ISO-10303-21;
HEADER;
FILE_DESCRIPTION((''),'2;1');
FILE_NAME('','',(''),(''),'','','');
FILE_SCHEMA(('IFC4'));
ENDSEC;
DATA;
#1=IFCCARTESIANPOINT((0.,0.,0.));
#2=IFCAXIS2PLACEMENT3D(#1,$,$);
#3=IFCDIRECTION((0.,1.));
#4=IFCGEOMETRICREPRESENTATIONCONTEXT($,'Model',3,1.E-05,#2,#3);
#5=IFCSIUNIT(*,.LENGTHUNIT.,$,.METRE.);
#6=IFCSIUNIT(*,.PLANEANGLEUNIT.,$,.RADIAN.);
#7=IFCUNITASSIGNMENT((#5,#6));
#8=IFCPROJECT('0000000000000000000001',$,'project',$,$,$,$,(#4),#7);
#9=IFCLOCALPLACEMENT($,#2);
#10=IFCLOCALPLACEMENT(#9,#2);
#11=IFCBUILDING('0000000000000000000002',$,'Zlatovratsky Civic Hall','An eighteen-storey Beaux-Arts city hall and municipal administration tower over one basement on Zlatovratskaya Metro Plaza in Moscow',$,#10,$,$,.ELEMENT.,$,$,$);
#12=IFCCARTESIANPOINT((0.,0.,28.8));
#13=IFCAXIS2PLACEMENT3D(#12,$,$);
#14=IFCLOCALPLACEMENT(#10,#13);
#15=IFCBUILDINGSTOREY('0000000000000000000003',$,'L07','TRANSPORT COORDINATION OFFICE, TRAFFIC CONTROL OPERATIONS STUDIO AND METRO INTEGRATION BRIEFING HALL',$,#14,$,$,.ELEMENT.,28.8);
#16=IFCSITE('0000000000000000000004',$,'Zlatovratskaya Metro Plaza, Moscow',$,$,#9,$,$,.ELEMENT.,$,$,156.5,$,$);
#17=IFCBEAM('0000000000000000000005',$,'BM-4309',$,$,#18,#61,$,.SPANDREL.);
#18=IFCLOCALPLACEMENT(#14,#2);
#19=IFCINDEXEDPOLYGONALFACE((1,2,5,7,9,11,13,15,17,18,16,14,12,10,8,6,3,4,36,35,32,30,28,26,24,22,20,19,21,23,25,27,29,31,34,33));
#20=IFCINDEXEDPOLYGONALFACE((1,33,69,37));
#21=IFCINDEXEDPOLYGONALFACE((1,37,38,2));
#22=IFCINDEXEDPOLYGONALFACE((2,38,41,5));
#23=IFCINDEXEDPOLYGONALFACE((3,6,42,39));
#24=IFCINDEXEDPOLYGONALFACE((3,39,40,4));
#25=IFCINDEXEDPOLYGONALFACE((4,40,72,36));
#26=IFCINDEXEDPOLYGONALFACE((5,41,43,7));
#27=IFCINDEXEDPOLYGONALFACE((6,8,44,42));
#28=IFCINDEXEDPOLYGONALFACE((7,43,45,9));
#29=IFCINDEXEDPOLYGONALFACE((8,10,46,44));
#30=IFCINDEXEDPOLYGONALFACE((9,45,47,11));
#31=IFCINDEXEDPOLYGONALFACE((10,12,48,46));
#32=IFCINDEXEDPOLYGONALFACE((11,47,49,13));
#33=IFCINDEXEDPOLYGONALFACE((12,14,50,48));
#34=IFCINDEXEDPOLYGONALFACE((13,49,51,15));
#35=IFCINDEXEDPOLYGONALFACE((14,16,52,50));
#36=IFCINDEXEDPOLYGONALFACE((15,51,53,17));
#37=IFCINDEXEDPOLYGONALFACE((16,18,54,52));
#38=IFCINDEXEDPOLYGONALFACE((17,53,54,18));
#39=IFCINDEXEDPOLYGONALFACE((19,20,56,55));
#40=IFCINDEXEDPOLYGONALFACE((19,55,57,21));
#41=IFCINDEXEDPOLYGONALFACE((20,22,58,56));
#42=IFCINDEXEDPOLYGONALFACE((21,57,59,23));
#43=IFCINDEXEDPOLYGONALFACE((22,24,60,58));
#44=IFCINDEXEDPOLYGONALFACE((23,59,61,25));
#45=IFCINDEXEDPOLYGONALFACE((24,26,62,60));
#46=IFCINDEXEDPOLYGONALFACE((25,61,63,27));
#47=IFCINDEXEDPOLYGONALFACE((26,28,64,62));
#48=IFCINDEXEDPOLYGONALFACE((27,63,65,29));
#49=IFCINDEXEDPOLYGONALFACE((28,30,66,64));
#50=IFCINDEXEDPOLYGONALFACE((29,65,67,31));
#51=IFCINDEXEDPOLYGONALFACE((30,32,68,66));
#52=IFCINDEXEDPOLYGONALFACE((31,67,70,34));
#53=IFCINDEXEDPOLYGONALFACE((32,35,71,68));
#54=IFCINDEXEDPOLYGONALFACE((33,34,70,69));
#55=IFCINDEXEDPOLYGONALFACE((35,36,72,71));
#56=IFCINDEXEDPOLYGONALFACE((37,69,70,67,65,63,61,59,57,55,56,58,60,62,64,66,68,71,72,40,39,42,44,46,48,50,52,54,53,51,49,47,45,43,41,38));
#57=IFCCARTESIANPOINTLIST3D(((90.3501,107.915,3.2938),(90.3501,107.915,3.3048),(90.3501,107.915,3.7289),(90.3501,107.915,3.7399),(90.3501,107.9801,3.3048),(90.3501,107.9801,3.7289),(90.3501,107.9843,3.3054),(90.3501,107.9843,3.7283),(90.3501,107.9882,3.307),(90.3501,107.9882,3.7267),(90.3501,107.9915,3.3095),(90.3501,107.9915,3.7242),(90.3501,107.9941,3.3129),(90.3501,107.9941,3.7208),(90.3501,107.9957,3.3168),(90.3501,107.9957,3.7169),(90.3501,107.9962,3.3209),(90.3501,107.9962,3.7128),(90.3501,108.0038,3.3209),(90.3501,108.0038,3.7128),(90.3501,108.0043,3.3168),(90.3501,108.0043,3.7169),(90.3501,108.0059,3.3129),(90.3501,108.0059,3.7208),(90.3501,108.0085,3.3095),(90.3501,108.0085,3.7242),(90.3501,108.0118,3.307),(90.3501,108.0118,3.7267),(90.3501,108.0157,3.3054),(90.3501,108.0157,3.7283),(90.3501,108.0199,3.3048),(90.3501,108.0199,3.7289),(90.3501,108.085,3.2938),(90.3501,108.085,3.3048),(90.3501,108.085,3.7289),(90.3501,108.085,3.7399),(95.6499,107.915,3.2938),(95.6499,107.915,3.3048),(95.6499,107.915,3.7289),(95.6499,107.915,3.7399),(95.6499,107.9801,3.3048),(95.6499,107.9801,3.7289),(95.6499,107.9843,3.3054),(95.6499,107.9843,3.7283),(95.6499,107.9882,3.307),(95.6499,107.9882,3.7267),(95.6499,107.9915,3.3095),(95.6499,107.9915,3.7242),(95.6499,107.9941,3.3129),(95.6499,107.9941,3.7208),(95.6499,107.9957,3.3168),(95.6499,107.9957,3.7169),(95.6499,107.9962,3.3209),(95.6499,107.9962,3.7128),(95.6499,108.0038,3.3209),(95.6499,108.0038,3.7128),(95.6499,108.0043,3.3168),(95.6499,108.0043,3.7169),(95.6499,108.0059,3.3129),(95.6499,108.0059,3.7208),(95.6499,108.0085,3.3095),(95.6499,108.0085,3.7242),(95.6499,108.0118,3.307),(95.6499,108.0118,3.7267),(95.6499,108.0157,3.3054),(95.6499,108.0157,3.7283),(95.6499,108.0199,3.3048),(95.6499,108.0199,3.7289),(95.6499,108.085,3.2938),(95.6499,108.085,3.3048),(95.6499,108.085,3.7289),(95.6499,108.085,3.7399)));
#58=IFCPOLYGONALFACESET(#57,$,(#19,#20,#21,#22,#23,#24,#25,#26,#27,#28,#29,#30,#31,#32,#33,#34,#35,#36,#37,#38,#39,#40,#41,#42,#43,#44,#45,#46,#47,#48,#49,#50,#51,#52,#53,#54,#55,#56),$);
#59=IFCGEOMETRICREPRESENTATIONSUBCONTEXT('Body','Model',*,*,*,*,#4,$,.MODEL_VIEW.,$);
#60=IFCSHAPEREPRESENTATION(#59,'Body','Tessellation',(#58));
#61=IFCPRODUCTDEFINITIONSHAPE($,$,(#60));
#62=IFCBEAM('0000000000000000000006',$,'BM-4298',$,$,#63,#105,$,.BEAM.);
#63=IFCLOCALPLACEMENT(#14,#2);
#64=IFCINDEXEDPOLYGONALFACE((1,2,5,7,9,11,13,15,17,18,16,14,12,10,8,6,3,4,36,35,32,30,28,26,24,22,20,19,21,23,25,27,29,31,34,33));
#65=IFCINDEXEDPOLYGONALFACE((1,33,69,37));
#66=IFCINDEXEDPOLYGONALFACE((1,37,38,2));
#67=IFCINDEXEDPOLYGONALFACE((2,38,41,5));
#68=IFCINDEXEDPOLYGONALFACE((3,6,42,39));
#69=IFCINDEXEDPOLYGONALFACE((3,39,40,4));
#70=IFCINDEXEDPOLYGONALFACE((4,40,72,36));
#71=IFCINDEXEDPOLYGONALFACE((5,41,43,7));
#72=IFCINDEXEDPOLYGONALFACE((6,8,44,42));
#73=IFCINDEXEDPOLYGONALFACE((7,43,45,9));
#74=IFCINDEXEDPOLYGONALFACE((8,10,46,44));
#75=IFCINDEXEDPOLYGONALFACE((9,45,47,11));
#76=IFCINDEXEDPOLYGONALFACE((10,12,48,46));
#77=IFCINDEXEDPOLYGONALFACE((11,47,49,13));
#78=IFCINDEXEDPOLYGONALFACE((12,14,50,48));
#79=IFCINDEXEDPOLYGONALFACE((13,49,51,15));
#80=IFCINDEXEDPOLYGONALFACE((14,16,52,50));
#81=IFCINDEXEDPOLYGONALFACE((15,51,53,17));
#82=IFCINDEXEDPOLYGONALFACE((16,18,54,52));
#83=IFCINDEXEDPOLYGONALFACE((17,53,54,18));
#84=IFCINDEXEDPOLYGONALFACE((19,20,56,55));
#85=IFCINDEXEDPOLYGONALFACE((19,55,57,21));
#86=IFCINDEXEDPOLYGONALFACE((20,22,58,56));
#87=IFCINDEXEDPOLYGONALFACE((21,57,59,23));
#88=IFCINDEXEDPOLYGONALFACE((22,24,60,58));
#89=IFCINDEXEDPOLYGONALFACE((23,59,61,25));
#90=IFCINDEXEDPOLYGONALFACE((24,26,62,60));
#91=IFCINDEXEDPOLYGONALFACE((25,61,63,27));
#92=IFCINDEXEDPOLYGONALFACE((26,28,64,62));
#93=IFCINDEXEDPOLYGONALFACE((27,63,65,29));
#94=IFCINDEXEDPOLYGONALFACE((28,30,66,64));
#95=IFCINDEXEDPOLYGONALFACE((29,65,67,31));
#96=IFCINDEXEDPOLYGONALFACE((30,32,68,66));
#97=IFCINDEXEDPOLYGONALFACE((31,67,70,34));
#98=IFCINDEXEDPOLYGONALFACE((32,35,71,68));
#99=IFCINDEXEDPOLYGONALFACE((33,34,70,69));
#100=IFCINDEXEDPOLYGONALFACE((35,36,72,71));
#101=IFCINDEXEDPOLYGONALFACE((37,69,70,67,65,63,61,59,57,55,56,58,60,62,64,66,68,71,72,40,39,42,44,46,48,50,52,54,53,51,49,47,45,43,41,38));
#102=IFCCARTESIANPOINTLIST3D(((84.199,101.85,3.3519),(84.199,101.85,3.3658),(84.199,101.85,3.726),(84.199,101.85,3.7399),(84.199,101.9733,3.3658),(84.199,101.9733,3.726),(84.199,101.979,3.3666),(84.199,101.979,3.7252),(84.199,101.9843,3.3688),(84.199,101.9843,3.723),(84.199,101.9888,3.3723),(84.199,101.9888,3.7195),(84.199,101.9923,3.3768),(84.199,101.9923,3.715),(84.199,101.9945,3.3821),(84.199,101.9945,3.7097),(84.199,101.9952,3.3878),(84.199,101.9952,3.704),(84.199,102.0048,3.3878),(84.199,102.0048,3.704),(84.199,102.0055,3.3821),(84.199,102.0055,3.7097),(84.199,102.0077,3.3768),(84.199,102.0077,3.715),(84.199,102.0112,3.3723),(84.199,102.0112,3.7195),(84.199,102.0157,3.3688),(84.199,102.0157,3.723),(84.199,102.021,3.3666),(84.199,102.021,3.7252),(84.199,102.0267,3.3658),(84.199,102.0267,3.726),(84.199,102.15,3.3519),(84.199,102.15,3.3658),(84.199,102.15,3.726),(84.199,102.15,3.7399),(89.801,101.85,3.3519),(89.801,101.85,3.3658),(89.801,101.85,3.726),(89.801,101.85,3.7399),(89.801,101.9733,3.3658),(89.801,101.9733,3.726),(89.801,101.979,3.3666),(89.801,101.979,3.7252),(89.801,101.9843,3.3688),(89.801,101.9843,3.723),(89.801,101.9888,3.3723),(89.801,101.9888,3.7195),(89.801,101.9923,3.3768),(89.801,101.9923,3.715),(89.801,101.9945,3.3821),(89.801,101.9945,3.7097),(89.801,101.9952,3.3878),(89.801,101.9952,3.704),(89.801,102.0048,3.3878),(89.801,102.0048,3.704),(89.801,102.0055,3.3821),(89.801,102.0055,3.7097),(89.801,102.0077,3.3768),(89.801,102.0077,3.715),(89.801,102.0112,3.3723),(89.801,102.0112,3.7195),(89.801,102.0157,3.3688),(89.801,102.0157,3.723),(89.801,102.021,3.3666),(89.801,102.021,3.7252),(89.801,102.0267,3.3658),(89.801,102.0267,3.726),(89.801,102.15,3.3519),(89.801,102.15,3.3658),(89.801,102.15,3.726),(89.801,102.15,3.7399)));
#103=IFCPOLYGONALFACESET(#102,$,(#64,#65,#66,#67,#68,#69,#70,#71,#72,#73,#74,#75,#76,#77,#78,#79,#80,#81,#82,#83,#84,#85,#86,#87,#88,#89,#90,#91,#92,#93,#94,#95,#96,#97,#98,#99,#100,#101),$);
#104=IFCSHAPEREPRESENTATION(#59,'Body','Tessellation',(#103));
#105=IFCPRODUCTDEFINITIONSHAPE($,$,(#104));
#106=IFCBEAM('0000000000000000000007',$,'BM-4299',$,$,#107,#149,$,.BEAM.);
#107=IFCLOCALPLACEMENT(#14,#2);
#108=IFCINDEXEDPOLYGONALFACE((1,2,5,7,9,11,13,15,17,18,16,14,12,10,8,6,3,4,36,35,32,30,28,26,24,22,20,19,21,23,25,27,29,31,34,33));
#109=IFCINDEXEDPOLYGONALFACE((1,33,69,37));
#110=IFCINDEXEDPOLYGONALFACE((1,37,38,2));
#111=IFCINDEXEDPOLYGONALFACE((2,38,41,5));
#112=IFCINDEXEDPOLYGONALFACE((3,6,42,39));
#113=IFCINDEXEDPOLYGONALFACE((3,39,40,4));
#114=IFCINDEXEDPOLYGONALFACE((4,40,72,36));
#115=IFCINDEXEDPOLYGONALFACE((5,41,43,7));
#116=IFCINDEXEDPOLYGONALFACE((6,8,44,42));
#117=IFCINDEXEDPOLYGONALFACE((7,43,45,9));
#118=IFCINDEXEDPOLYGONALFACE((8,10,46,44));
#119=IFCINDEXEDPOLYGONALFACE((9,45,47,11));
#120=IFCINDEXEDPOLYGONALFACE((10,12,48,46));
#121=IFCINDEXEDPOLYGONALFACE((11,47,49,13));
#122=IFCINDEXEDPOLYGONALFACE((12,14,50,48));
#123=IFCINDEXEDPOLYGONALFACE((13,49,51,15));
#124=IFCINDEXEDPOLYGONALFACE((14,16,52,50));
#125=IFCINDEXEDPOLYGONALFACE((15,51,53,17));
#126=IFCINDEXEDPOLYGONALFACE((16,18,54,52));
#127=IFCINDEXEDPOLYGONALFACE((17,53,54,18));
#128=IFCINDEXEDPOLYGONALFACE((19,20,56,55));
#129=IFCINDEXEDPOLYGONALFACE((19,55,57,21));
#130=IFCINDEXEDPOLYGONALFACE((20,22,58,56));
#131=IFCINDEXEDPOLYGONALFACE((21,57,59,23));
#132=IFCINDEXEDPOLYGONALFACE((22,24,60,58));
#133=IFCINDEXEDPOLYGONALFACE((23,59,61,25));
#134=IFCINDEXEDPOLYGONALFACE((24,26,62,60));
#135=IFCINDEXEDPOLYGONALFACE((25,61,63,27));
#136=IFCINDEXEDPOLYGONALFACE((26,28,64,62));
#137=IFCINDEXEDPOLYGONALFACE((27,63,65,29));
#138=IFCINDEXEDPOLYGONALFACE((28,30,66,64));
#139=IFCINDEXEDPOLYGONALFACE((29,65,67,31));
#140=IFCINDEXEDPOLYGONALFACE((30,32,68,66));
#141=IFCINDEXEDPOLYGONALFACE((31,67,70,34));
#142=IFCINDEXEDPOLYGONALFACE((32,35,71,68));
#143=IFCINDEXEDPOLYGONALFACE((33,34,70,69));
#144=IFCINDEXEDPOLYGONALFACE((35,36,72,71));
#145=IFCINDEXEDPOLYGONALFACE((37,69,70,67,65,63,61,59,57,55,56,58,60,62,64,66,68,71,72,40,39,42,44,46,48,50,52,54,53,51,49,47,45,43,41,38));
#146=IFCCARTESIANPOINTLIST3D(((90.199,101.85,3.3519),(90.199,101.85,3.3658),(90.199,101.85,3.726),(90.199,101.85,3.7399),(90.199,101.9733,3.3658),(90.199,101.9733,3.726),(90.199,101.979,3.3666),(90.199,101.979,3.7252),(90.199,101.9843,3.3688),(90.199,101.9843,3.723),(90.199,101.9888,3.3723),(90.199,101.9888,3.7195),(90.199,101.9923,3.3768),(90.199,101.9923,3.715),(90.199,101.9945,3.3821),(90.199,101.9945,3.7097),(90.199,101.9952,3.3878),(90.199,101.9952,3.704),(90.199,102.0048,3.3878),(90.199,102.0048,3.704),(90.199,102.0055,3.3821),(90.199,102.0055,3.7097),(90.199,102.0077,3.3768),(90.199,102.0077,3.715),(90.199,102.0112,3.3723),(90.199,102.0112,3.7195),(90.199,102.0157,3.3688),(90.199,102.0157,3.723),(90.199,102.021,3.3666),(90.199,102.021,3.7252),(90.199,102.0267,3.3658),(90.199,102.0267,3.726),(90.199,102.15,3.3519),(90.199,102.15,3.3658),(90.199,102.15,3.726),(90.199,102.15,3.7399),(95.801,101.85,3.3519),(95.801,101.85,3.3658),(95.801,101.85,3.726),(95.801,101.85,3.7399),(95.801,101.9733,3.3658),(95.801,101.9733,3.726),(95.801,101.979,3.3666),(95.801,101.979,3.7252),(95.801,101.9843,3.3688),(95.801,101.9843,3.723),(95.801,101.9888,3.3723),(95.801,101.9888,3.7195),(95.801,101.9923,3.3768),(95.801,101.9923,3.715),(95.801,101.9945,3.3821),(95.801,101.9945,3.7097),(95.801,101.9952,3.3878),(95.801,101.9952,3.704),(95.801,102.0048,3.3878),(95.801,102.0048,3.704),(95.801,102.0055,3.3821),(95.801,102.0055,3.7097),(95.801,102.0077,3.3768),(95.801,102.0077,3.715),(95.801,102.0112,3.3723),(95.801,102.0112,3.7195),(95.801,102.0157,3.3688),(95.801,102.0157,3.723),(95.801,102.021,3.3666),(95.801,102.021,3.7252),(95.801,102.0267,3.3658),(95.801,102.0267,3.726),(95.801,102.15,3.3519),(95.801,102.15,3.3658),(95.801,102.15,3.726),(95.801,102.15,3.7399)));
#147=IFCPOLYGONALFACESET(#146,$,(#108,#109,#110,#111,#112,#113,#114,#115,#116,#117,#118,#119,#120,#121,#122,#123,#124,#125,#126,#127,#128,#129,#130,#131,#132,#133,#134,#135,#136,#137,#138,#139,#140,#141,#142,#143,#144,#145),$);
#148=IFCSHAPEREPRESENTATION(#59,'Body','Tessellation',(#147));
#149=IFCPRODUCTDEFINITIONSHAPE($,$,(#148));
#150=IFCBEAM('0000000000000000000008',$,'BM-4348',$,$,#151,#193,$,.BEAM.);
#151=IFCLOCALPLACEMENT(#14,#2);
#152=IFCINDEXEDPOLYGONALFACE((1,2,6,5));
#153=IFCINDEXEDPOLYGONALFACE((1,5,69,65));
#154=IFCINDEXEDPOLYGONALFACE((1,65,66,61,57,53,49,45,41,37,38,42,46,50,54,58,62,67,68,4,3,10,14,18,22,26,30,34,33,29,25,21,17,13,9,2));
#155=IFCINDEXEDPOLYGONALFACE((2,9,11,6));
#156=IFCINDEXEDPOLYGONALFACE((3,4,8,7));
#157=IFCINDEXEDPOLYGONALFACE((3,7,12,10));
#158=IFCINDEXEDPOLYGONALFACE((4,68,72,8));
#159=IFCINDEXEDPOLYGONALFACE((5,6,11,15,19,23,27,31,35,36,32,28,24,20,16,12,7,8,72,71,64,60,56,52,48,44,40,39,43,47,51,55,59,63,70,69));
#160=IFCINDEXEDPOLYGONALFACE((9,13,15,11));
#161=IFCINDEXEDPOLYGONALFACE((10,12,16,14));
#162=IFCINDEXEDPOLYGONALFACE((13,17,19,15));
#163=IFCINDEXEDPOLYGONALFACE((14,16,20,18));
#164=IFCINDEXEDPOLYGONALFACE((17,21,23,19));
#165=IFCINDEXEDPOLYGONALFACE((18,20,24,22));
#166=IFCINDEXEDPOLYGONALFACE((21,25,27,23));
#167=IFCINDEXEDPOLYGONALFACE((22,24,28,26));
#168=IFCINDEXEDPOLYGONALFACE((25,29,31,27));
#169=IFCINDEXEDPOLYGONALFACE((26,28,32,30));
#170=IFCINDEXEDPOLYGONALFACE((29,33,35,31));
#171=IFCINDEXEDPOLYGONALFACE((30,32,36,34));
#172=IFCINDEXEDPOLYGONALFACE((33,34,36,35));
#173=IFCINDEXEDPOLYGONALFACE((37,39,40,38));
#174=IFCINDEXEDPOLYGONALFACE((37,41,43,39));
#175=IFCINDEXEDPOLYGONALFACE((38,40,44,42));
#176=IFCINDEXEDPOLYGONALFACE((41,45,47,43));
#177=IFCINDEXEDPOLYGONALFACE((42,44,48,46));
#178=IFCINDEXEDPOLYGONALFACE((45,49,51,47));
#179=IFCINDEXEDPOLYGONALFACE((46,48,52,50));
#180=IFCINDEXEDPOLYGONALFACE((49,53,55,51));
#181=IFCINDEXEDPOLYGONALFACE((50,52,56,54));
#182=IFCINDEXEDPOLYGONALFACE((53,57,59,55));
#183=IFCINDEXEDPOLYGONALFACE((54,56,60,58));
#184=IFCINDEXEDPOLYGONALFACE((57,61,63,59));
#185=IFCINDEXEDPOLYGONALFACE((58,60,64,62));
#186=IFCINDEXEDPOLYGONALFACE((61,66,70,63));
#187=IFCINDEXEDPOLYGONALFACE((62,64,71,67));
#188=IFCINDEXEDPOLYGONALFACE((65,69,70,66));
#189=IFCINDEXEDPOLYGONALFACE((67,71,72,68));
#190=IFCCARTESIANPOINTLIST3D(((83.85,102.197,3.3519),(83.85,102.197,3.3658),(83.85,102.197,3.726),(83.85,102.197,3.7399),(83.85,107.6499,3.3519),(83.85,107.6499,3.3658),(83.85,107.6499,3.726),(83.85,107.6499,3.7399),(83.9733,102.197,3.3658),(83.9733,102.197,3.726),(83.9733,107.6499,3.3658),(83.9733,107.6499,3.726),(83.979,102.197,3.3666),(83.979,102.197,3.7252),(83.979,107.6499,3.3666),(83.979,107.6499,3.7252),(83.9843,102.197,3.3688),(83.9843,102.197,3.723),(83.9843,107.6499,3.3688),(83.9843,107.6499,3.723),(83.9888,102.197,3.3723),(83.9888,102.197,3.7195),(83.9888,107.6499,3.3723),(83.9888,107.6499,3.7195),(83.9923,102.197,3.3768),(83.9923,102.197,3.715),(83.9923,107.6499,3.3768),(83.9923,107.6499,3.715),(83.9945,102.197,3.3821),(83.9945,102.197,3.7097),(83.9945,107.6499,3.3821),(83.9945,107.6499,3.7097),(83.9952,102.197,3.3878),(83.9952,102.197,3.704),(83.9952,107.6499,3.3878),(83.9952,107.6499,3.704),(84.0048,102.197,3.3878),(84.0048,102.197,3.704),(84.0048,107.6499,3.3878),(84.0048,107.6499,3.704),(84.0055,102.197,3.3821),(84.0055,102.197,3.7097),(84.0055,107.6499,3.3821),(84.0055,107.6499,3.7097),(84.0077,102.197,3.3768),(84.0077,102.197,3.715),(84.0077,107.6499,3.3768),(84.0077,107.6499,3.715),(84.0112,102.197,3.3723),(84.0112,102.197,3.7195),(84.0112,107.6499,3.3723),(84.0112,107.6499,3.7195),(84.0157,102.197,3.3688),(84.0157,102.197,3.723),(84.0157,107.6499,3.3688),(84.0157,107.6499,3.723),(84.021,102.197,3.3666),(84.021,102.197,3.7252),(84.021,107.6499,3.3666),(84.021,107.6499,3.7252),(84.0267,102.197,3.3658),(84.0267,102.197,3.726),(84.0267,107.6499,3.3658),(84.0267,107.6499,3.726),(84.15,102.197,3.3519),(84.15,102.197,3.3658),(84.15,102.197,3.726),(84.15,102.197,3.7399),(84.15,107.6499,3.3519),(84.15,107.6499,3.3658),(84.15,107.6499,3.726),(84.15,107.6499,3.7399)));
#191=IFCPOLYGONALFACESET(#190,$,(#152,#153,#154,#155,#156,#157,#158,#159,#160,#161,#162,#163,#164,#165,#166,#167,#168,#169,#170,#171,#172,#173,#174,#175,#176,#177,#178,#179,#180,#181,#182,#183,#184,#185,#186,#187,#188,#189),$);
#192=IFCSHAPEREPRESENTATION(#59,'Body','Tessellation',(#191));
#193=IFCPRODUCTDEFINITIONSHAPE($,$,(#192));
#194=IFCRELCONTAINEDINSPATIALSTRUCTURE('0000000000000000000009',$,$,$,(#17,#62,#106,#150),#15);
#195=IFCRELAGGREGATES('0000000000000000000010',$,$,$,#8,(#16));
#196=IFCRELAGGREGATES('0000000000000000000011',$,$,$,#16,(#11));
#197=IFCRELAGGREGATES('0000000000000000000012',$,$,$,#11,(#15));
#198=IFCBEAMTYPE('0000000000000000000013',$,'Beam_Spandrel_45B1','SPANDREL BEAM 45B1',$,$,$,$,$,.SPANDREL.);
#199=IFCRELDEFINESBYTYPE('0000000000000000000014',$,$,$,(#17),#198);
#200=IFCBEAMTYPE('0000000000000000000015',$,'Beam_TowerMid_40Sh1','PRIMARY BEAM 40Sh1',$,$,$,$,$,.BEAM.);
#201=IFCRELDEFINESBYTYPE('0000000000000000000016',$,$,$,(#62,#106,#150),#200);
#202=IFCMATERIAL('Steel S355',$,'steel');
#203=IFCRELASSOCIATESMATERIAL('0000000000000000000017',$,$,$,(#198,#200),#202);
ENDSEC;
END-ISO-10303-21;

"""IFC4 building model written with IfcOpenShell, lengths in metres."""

from ifc_helpers import new_model, si_unit, direction, frame, origin, origin_2d, place, context, subcontext, project, spatial, i_section, extrude, material, material_profile, profile_set, type_object, element, save


model = new_model("IFC4")

# Units and contexts
model_context = context("Model", 3, precision=1e-05, world=origin(), true_north=direction((0.0, 1.0)))
body_context = subcontext(model_context, "Body", "Model", "MODEL_VIEW")
ifc_project = project(units=[si_unit("LENGTHUNIT", "METRE"), si_unit("PLANEANGLEUNIT", "RADIAN")], contexts=[model_context])

# Site, building, storey
site_placement = place(None, origin())
site = spatial("IfcSite", under=ifc_project, at=site_placement, Name="Zlatovratskaya Metro Plaza, Moscow", CompositionType="ELEMENT", RefElevation=156.5)
building_placement = place(site_placement, origin())
building = spatial("IfcBuilding", under=site, at=building_placement, Name="Zlatovratsky Civic Hall", Description="An eighteen-storey Beaux-Arts city hall and municipal administration tower over one basement on Zlatovratskaya Metro Plaza in Moscow", CompositionType="ELEMENT")
storey_placement = place(building_placement, frame((0.0, 0.0, 28.8)))
storey = spatial("IfcBuildingStorey", under=building, at=storey_placement, Name="L07", Description="TRANSPORT COORDINATION OFFICE, TRAFFIC CONTROL OPERATIONS STUDIO AND METRO INTEGRATION BRIEFING HALL", CompositionType="ELEMENT", Elevation=28.8)

# Shared definitions
ifc_material_1 = material(Name="Steel S355", Category="steel")

# Beams
ifc_material_profile_1 = material_profile(ifc_material_1, i_section(OverallWidth=0.1699, OverallDepth=0.446, WebThickness=0.0076, FlangeThickness=0.011, FilletRadius=0.0161, at=origin_2d()), Name="45B1")
ifc_profile_set_1 = profile_set([ifc_material_profile_1], Name="Steel S355")
beam_type_1 = type_object("IfcBeamType", Name="Beam_Spandrel_45B1", Description="SPANDREL BEAM 45B1", PredefinedType="SPANDREL", material=ifc_profile_set_1)
for number, where, z_axis, x_axis, name in (
    (1, (90.3501, 108.0, 3.5168), (1.0, 0.0, 0.0), (0.0, 1.0, 0.0), "BM-4309"),
):
    element("IfcBeam", number, at=place(storey_placement, frame(where, z_axis=z_axis, x_axis=x_axis)), inside=storey, type_object=beam_type_1, Name=name, PredefinedType="SPANDREL", context=body_context, shape_type="SweptSolid", body=[
        extrude(i_section(OverallWidth=0.1699, OverallDepth=0.446, WebThickness=0.0076, FlangeThickness=0.011, FilletRadius=0.0161, at=origin_2d()), origin(), (0.0, 0.0, 1.0), 5.2998),
    ])
ifc_material_profile_2 = material_profile(ifc_material_1, i_section(OverallWidth=0.3, OverallDepth=0.3879, WebThickness=0.0095, FlangeThickness=0.0139, FilletRadius=0.022, at=origin_2d()), Name="40Sh1")
ifc_profile_set_2 = profile_set([ifc_material_profile_2], Name="Steel S355")
beam_type_2 = type_object("IfcBeamType", Name="Beam_TowerMid_40Sh1", Description="PRIMARY BEAM 40Sh1", PredefinedType="BEAM", material=ifc_profile_set_2)
for number, where, z_axis, x_axis, name in (
    (2, (84.199, 102.0, 3.5459), (1.0, 0.0, 0.0), (0.0, 1.0, 0.0), "BM-4298"),
    (3, (90.199, 102.0, 3.5459), (1.0, 0.0, 0.0), (0.0, 1.0, 0.0), "BM-4299"),
):
    element("IfcBeam", number, at=place(storey_placement, frame(where, z_axis=z_axis, x_axis=x_axis)), inside=storey, type_object=beam_type_2, Name=name, PredefinedType="BEAM", context=body_context, shape_type="SweptSolid", body=[
        extrude(i_section(OverallWidth=0.3, OverallDepth=0.3879, WebThickness=0.0095, FlangeThickness=0.0139, FilletRadius=0.022, at=origin_2d()), origin(), (0.0, 0.0, 1.0), 5.6021),
    ])
for number, where, z_axis, x_axis, name in (
    (4, (84.0, 102.197, 3.5459), (0.0, 1.0, 0.0), (-1.0, 0.0, 0.0), "BM-4348"),
):
    element("IfcBeam", number, at=place(storey_placement, frame(where, z_axis=z_axis, x_axis=x_axis)), inside=storey, type_object=beam_type_2, Name=name, PredefinedType="BEAM", context=body_context, shape_type="SweptSolid", body=[
        extrude(i_section(OverallWidth=0.3, OverallDepth=0.3879, WebThickness=0.0095, FlangeThickness=0.0139, FilletRadius=0.022, at=origin_2d()), origin(), (0.0, 0.0, 1.0), 5.4529),
    ])

save(model, "model.ifc")
